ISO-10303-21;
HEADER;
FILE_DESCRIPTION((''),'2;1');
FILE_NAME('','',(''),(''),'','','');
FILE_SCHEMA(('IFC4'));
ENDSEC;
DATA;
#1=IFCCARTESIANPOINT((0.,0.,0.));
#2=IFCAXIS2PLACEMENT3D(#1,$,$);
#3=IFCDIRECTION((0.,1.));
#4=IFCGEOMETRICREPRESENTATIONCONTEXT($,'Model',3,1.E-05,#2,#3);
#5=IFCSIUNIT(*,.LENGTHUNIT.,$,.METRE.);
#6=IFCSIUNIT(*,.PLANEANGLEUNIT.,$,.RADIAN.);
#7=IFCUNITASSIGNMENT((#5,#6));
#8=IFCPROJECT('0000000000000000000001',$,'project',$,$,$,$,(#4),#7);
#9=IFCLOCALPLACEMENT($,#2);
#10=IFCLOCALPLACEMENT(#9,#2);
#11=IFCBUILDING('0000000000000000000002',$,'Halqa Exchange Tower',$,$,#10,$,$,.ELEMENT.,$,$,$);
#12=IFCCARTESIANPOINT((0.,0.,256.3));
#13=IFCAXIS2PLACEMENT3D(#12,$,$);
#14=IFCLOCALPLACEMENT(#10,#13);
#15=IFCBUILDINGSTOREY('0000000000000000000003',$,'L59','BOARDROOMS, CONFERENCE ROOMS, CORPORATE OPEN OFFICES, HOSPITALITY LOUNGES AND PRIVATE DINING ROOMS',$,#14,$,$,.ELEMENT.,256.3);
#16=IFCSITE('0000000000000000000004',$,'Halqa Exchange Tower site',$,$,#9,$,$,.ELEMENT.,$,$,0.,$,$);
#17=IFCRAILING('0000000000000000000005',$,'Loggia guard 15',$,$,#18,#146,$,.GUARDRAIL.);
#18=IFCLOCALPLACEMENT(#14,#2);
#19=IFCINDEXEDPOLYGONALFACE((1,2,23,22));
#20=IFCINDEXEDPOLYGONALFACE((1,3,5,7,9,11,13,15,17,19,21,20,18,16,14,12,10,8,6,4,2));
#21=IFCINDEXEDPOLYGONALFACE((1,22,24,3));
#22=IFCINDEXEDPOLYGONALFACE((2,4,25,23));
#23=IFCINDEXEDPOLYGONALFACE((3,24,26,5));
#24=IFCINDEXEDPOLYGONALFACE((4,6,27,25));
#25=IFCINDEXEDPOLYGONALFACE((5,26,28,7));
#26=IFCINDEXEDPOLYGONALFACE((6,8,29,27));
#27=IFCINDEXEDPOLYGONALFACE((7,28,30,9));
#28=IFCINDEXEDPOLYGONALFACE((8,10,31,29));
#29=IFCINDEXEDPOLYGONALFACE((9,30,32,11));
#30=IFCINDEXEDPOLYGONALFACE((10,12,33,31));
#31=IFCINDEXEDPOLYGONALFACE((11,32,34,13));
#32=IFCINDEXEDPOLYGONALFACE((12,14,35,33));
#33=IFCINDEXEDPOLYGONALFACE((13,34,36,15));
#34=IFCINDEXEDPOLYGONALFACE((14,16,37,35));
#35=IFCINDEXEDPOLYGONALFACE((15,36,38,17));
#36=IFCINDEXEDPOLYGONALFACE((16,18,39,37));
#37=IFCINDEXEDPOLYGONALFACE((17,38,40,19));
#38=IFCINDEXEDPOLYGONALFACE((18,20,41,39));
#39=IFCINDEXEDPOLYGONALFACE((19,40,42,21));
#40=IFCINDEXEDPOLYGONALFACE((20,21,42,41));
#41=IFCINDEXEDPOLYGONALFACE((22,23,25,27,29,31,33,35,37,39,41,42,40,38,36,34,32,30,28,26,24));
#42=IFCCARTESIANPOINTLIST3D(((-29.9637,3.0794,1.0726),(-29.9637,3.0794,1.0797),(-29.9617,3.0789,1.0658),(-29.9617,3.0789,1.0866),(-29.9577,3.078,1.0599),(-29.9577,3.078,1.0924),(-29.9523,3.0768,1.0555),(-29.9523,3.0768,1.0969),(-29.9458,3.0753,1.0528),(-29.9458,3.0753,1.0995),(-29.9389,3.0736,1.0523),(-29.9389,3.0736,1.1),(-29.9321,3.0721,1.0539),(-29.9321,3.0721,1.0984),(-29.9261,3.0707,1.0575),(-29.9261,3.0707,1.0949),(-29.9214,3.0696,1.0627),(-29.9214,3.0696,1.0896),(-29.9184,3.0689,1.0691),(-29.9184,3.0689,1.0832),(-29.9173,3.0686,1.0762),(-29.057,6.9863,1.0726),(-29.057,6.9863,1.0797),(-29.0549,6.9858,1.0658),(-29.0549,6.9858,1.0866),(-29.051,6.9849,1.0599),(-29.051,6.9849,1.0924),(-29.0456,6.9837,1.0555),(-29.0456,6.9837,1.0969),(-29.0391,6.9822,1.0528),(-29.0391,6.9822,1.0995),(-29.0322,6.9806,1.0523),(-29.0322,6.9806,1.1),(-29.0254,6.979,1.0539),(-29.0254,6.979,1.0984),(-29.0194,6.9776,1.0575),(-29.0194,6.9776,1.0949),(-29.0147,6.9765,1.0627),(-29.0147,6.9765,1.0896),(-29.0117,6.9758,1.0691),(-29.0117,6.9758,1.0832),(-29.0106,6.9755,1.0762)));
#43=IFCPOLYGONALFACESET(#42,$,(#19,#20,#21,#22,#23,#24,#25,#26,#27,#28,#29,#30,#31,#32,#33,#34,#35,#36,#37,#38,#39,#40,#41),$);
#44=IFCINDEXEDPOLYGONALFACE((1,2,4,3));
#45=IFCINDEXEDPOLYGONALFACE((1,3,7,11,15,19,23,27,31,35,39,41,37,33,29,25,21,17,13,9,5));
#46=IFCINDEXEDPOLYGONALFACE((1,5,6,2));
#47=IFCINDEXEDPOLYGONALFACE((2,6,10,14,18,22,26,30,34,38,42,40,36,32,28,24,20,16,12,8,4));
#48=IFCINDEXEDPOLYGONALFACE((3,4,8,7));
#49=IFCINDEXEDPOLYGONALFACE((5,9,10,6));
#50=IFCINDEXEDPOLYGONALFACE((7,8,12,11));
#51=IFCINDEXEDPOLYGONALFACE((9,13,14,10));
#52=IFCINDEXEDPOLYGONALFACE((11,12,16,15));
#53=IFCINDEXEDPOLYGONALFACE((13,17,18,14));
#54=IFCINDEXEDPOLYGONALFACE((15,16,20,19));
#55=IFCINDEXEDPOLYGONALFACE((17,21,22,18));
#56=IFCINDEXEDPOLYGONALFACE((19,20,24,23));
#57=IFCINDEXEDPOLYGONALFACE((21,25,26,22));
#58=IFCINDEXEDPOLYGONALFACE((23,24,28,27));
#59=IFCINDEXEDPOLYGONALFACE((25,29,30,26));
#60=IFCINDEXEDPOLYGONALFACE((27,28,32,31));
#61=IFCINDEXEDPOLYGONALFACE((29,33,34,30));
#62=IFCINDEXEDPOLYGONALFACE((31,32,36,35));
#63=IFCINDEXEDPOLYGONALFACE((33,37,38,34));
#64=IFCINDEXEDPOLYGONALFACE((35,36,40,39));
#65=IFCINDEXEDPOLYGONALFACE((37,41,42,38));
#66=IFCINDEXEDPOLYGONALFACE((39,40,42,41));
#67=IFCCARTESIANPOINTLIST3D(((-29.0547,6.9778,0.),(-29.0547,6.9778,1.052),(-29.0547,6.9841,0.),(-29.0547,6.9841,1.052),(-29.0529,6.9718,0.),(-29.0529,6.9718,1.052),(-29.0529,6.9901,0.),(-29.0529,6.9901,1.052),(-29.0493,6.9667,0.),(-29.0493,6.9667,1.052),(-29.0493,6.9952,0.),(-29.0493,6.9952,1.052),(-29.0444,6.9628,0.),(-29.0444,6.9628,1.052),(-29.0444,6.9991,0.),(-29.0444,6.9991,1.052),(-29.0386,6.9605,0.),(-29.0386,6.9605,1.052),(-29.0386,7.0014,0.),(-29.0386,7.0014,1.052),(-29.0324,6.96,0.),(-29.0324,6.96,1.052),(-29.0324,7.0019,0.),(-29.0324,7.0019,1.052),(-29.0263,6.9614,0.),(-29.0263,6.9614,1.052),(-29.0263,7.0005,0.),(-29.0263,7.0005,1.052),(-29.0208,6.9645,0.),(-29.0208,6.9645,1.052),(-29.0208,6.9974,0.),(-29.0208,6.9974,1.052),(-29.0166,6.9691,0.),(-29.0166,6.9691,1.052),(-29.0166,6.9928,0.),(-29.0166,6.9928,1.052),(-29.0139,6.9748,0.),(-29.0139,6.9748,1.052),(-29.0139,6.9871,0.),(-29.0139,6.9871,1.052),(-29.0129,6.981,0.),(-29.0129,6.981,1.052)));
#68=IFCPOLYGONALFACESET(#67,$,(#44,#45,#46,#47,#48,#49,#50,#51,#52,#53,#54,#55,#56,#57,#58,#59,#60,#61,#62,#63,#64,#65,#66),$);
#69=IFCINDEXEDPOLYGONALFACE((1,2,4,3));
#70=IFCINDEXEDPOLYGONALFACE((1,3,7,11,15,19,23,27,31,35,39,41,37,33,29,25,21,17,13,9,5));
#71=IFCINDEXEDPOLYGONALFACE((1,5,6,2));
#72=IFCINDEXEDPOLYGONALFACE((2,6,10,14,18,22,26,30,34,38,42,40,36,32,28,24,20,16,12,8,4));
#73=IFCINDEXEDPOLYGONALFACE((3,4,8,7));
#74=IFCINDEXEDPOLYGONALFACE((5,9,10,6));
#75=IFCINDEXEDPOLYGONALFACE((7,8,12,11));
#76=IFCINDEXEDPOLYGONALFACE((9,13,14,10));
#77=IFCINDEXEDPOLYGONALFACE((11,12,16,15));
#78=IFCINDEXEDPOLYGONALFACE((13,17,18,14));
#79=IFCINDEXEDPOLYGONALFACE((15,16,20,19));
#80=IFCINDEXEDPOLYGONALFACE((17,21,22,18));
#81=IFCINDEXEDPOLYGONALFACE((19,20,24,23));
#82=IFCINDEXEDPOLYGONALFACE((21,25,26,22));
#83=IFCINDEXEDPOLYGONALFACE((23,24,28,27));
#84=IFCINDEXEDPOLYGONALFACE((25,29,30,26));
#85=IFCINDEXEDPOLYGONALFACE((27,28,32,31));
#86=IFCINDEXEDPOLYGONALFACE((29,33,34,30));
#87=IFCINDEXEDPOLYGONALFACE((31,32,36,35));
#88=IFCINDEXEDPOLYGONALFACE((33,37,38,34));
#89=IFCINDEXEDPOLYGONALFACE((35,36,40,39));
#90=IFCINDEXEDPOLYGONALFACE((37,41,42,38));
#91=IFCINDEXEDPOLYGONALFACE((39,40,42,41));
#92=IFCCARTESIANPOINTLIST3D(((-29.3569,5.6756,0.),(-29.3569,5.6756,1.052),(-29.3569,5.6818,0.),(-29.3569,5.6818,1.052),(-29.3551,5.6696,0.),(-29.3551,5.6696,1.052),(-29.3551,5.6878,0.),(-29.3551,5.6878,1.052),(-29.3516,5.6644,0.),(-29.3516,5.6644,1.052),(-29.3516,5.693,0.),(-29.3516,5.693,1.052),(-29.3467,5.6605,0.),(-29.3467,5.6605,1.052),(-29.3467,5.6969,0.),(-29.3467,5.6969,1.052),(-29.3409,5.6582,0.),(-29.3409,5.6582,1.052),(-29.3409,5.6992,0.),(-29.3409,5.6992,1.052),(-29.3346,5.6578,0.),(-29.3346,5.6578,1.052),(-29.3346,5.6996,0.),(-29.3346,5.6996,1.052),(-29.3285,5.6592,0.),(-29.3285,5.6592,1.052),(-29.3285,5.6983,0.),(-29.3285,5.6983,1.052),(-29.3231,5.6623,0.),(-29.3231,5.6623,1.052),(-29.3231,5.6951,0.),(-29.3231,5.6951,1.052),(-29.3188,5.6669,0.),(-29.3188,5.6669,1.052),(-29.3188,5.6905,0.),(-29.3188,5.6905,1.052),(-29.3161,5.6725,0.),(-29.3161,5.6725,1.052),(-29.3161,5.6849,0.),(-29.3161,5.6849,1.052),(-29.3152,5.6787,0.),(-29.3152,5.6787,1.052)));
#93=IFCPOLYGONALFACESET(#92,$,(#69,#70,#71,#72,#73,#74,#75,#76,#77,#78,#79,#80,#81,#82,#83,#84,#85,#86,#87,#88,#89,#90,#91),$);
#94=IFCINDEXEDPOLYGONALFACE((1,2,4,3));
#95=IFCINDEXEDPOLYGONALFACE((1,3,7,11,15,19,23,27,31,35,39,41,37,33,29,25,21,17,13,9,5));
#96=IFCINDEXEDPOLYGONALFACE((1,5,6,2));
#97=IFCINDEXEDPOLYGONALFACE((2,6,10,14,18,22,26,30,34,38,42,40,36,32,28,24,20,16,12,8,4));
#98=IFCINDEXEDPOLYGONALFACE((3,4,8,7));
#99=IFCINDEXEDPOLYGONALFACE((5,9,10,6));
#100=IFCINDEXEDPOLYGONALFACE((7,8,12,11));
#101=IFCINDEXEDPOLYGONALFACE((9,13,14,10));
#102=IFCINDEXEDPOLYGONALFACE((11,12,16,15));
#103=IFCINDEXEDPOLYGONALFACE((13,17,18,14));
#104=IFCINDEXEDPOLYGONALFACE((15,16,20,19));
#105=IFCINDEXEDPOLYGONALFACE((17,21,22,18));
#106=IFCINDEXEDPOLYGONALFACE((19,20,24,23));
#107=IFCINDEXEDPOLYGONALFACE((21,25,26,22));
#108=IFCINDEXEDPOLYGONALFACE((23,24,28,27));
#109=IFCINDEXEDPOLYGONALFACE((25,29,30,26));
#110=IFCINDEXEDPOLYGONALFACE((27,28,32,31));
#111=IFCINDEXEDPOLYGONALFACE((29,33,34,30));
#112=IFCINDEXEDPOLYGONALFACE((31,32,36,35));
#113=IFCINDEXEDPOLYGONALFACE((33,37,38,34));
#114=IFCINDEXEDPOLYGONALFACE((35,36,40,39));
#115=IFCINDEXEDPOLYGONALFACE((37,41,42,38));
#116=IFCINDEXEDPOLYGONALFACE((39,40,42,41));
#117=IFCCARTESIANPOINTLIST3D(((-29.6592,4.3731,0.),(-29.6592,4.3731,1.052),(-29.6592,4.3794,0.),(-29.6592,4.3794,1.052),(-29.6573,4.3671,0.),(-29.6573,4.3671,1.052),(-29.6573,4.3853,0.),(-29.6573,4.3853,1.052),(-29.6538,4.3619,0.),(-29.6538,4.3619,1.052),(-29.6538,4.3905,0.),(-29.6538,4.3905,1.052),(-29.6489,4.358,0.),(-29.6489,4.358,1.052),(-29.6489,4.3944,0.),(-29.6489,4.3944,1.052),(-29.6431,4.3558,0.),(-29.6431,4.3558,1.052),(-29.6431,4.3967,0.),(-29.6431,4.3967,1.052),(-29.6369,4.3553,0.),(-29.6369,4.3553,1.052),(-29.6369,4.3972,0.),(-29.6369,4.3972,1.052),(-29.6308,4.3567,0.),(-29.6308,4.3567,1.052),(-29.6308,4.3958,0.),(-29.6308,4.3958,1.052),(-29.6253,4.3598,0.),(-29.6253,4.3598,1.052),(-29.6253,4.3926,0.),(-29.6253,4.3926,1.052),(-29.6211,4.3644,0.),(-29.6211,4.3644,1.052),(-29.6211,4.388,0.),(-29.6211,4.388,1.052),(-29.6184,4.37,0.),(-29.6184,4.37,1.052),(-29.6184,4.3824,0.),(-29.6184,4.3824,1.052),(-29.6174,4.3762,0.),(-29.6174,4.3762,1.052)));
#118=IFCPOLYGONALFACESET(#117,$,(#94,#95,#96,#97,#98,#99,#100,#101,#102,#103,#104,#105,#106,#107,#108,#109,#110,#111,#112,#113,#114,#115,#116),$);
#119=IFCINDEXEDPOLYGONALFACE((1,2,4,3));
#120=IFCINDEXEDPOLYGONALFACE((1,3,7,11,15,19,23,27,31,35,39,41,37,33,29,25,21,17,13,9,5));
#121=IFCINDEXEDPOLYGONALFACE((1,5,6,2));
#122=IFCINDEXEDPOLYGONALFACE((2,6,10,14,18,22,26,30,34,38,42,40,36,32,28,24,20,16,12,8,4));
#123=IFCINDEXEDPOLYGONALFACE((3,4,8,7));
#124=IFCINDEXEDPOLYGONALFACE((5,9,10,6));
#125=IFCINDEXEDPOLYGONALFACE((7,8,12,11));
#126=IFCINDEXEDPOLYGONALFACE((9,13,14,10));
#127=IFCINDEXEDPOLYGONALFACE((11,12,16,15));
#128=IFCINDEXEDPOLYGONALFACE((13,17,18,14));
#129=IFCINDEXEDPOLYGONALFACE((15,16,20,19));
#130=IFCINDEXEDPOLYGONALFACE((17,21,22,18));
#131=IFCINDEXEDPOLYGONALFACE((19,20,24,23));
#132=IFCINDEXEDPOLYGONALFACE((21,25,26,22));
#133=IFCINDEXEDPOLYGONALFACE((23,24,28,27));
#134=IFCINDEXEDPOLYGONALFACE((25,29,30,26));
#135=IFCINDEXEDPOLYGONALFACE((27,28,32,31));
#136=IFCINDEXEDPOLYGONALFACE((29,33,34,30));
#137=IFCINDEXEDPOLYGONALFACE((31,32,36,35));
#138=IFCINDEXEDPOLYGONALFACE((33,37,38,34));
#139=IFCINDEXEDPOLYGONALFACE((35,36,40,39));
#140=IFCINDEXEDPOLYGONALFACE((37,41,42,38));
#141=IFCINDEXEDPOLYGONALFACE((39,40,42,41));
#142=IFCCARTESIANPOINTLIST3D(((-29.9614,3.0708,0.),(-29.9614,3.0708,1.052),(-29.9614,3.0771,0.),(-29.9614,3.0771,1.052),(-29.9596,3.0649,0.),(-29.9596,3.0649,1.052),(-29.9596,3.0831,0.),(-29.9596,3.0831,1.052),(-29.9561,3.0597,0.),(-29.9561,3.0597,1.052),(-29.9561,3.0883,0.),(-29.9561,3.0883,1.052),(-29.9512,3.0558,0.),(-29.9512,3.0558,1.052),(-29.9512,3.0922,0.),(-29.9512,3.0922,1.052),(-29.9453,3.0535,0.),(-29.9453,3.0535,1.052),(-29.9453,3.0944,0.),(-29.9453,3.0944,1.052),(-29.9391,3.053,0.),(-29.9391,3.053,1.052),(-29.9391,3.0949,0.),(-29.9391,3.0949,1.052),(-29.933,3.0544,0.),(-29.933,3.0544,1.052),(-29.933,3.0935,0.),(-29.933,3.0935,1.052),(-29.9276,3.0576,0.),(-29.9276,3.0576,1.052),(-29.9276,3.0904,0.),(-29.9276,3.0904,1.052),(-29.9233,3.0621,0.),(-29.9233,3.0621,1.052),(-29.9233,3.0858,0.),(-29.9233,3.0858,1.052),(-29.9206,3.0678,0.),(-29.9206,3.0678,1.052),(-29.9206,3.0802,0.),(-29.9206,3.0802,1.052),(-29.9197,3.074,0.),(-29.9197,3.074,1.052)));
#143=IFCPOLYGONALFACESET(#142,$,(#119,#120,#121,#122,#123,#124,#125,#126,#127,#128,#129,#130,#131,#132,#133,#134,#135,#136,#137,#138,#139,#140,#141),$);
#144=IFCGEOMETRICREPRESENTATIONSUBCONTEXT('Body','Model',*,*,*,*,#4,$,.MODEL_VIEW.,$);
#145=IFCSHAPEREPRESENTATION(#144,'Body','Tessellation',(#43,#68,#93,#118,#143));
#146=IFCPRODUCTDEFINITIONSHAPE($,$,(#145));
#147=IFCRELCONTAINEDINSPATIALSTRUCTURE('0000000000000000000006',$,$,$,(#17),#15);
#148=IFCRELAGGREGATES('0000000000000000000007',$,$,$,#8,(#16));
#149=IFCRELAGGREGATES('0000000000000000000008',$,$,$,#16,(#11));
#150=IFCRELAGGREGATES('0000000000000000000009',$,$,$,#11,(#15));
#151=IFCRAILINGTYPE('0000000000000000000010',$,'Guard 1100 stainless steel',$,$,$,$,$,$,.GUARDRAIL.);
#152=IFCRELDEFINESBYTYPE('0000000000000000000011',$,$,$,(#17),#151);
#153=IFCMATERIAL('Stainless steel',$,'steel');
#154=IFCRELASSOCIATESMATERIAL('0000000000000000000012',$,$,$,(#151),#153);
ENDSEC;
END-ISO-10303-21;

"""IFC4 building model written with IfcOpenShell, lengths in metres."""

from ifc_helpers import new_model, si_unit, direction, frame, origin, origin_2d, place, context, subcontext, project, spatial, circle, extrude, material, type_object, element, save


model = new_model("IFC4")

# Units and contexts
model_context = context("Model", 3, precision=1e-05, world=origin(), true_north=direction((0.0, 1.0)))
body_context = subcontext(model_context, "Body", "Model", "MODEL_VIEW")
ifc_project = project(units=[si_unit("LENGTHUNIT", "METRE"), si_unit("PLANEANGLEUNIT", "RADIAN")], contexts=[model_context])

# Site, building, storey
site_placement = place(None, origin())
site = spatial("IfcSite", under=ifc_project, at=site_placement, Name="Halqa Exchange Tower site", CompositionType="ELEMENT", RefElevation=0.0)
building_placement = place(site_placement, origin())
building = spatial("IfcBuilding", under=site, at=building_placement, Name="Halqa Exchange Tower", CompositionType="ELEMENT")
storey_placement = place(building_placement, frame((0.0, 0.0, 256.3)))
storey = spatial("IfcBuildingStorey", under=building, at=storey_placement, Name="L59", Description="BOARDROOMS, CONFERENCE ROOMS, CORPORATE OPEN OFFICES, HOSPITALITY LOUNGES AND PRIVATE DINING ROOMS", CompositionType="ELEMENT", Elevation=256.3)

# Railing
ifc_material_1 = material(Name="Stainless steel", Category="steel")
railing_type = type_object("IfcRailingType", Name="Guard 1100 stainless steel", PredefinedType="GUARDRAIL", material=ifc_material_1)
railing_1_placement = place(storey_placement, frame((-29.0339, 6.981, 0.0)))
element("IfcRailing", 1, at=railing_1_placement, inside=storey, type_object=railing_type, Name="Loggia guard 15", PredefinedType="GUARDRAIL", context=body_context, shape_type="SweptSolid", body=[
    extrude(circle(Radius=0.0239, at=origin_2d()), frame((0.0, 0.0, 1.0762), z_axis=(-0.226073, -0.97411, 0.0), x_axis=(0.97411, -0.226073, 0.0)), (0.0, 0.0, 1.0), 4.0107),
    extrude(circle(Radius=0.021, at=origin_2d()), origin(), (0.0, 0.0, 1.0), 1.052),
    extrude(circle(Radius=0.021, at=origin_2d()), frame((-0.3022, -1.3022, 0.0)), (0.0, 0.0, 1.0), 1.052),
    extrude(circle(Radius=0.021, at=origin_2d()), frame((-0.6045, -2.6047, 0.0)), (0.0, 0.0, 1.0), 1.052),
    extrude(circle(Radius=0.021, at=origin_2d()), frame((-0.9067, -3.907, 0.0)), (0.0, 0.0, 1.0), 1.052),
])

save(model, "model.ifc")
